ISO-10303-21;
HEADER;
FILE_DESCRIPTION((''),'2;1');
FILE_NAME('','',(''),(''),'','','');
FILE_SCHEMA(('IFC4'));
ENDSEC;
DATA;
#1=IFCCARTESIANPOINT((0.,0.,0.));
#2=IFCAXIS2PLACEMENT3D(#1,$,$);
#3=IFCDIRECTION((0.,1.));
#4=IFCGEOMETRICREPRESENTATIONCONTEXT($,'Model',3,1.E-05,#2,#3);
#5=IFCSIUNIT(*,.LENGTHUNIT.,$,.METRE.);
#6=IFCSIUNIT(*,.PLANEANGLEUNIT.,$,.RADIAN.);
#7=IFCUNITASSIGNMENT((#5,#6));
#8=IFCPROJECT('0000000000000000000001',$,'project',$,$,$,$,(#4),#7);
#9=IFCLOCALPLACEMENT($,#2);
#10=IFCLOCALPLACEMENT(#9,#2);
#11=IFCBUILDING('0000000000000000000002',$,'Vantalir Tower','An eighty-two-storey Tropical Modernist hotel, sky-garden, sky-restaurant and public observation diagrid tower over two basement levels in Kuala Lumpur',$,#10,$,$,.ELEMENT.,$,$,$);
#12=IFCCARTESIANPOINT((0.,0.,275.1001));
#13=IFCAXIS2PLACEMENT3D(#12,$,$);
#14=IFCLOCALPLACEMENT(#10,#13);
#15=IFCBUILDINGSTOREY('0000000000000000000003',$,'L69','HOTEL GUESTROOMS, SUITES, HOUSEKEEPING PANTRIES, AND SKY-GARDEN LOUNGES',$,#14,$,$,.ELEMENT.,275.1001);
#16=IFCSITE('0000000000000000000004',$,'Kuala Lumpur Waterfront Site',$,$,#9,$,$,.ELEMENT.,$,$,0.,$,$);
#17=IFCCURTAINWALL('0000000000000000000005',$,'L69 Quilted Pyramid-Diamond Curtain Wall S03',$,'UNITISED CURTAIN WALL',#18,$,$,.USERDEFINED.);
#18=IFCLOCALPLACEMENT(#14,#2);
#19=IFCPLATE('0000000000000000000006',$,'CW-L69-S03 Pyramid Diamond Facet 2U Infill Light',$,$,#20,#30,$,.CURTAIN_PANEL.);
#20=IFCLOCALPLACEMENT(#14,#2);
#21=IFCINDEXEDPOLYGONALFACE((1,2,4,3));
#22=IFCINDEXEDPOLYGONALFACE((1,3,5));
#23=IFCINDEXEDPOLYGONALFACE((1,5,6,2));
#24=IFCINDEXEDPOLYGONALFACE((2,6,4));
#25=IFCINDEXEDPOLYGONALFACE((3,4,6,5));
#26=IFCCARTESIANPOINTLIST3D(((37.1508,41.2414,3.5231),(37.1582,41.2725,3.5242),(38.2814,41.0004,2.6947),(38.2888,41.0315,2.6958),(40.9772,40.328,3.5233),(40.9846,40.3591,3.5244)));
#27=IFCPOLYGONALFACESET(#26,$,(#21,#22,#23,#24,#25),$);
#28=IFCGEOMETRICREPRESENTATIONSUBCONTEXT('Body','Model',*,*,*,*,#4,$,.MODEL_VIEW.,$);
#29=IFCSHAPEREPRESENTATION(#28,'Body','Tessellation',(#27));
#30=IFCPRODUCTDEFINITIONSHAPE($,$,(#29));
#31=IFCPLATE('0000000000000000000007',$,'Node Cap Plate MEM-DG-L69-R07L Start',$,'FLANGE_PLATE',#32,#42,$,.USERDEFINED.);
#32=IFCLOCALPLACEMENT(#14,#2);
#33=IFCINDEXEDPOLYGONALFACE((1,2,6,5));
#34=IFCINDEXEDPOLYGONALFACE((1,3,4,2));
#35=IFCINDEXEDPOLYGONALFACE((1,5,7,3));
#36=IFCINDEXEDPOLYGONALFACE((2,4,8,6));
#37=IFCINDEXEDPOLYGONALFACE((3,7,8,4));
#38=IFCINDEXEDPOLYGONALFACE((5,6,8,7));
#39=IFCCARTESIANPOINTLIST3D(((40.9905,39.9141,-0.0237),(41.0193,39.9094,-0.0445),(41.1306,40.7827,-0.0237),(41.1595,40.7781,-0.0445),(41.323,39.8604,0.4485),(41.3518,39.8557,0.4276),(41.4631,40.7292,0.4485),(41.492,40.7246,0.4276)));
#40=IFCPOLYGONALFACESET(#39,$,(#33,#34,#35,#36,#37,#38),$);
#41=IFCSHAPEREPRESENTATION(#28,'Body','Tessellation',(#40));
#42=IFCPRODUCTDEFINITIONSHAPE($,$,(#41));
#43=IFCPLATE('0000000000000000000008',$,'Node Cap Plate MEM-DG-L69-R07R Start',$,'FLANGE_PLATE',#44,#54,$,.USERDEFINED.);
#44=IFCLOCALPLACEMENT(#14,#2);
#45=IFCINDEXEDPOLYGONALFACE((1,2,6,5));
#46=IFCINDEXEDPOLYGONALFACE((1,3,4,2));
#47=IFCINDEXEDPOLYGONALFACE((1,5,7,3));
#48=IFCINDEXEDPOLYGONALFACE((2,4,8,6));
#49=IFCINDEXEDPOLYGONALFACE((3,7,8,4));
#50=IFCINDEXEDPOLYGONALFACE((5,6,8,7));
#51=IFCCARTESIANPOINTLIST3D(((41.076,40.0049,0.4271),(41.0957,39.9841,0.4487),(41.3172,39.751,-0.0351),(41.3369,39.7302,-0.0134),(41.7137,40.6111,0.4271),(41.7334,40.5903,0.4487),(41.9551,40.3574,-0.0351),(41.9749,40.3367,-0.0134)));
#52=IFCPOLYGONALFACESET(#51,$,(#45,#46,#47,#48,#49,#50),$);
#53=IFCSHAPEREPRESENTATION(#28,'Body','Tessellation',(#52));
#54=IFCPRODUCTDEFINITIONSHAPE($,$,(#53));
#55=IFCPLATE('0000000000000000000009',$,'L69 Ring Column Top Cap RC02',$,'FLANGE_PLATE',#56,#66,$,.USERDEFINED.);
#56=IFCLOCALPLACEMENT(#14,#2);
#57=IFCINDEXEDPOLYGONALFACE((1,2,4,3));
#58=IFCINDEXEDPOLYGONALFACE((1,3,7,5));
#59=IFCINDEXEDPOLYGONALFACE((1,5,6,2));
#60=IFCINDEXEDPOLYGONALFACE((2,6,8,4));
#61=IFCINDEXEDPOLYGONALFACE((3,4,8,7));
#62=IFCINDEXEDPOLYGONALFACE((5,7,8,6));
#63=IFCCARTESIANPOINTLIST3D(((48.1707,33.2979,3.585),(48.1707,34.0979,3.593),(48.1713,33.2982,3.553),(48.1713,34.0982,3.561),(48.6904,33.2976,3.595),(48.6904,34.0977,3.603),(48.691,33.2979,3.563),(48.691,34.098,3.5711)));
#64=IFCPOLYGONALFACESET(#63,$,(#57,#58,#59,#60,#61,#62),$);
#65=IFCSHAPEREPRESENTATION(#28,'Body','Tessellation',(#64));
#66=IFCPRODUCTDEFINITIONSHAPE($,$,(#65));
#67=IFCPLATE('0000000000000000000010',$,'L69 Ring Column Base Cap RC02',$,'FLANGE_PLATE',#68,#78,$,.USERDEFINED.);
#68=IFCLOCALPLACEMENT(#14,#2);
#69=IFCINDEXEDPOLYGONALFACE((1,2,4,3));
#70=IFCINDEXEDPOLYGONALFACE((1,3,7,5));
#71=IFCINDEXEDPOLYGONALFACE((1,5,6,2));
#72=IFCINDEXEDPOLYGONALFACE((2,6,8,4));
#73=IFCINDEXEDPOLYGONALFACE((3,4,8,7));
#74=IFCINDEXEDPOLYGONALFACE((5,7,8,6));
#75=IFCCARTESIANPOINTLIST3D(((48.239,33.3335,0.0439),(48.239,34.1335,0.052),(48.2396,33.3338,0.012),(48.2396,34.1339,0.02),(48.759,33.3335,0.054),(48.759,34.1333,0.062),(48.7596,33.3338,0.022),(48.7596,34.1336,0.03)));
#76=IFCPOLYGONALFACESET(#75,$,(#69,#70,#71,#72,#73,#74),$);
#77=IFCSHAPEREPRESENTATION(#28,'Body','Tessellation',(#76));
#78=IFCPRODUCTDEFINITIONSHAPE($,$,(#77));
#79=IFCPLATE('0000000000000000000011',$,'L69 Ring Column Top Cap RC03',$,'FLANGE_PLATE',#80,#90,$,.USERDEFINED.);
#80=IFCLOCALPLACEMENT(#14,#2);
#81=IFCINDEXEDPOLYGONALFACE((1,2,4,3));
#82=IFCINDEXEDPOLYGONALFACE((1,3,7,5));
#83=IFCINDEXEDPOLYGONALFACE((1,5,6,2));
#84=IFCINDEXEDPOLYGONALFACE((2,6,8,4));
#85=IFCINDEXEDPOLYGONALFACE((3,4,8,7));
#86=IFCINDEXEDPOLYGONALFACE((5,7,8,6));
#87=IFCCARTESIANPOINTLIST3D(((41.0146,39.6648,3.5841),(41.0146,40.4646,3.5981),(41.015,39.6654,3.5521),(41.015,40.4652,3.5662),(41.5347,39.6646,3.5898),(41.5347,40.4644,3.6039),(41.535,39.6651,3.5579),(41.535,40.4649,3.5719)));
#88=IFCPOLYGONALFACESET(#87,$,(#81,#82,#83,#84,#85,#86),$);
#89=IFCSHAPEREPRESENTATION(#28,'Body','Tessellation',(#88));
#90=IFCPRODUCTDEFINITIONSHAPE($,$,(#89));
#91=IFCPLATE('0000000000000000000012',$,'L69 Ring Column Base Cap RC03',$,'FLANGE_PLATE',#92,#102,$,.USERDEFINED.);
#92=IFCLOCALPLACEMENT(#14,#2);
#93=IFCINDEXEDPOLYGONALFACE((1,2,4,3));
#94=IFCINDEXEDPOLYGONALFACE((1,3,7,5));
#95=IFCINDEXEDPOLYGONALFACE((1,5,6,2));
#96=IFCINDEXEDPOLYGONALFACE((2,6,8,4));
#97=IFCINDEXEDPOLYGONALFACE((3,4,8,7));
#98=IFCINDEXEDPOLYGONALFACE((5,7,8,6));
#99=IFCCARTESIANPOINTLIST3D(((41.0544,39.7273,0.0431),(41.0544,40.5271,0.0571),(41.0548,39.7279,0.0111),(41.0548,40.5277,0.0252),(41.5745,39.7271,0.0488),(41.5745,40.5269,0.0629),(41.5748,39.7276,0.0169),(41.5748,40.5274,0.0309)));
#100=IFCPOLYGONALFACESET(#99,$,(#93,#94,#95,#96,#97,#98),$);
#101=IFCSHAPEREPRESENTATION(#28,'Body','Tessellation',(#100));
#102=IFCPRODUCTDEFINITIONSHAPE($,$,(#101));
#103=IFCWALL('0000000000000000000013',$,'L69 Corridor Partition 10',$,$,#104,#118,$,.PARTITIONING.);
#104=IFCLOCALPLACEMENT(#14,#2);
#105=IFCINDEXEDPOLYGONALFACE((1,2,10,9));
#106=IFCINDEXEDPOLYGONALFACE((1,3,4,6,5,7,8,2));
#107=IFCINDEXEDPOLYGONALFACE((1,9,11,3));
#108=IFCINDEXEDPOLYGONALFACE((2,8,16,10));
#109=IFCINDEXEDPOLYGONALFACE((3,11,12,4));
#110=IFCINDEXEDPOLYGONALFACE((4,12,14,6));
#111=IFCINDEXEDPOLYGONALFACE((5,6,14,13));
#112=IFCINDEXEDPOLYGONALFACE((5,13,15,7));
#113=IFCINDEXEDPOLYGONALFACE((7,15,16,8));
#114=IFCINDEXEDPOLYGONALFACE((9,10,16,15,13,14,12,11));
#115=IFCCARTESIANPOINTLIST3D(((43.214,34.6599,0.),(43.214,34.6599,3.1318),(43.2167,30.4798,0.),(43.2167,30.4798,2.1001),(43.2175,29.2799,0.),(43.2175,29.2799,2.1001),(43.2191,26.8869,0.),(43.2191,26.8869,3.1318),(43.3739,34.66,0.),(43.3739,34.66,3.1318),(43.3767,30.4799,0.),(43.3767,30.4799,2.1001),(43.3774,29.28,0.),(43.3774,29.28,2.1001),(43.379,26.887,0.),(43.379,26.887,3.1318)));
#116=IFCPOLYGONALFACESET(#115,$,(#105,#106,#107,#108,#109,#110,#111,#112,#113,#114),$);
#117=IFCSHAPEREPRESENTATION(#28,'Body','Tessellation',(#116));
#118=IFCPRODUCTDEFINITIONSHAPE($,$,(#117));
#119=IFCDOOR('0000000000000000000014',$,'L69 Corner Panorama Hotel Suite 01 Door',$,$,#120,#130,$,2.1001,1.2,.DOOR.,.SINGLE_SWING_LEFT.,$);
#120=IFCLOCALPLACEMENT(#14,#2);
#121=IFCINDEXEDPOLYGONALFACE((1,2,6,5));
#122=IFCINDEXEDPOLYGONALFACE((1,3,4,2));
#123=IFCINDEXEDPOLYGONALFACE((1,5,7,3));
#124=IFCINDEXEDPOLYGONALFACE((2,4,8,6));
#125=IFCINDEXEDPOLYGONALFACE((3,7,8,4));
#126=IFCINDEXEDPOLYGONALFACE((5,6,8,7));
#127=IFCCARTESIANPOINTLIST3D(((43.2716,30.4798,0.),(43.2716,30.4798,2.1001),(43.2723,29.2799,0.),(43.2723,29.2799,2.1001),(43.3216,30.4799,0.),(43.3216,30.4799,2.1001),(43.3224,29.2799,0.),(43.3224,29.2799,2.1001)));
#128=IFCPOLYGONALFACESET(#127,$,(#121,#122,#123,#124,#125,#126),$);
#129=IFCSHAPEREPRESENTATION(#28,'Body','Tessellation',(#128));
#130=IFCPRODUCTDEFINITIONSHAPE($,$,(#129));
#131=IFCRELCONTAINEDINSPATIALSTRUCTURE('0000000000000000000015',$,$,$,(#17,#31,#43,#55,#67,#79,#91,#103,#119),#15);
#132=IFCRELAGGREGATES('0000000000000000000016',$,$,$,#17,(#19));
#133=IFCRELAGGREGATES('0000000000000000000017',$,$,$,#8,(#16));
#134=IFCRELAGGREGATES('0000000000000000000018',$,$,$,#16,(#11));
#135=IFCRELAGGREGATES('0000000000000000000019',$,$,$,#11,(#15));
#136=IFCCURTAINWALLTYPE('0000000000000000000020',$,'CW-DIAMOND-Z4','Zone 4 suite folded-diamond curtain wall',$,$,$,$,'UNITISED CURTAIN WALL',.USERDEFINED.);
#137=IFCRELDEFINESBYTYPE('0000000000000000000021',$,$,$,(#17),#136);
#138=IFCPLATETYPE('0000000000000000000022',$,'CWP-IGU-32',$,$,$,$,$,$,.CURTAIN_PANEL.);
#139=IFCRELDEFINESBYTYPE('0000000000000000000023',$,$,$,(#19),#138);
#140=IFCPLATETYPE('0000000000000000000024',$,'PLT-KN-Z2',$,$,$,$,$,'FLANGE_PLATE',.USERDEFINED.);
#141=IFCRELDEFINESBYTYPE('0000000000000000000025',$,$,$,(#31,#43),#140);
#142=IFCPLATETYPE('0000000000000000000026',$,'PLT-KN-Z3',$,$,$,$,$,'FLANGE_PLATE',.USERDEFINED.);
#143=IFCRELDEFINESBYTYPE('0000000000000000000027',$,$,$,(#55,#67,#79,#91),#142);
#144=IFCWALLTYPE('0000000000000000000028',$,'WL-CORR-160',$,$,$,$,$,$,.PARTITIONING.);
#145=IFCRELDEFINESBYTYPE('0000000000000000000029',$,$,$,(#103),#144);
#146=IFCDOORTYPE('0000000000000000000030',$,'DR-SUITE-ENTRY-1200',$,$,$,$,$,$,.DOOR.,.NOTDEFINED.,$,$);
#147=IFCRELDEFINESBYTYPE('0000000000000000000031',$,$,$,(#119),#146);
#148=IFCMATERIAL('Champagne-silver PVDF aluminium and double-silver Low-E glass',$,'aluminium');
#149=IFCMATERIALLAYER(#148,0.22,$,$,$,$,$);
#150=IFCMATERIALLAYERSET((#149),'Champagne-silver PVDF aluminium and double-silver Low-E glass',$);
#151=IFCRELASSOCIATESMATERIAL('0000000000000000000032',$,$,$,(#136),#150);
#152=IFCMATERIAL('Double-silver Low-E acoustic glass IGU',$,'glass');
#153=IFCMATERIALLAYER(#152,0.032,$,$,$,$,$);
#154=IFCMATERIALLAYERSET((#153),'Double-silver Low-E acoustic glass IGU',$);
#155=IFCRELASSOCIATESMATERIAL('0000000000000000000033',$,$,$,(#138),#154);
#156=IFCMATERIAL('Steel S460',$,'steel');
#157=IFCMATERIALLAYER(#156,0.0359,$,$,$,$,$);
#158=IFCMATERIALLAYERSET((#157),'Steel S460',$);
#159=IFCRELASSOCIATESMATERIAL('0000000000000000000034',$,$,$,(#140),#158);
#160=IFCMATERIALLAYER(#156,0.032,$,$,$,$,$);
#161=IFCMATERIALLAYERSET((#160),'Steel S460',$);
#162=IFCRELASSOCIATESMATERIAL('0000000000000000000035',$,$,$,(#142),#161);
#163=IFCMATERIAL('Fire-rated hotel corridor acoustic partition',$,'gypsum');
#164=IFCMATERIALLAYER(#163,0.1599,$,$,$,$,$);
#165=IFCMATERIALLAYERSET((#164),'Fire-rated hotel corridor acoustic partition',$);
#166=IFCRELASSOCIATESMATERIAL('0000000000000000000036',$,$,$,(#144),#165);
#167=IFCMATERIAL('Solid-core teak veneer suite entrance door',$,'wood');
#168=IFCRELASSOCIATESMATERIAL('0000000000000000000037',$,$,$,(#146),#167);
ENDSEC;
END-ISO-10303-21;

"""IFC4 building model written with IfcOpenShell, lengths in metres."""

from ifc_helpers import new_model, si_unit, direction, frame, frame_2d, origin, place, context, subcontext, project, spatial, polyline, rectangle, outline, extrude, material, layer, layer_set, type_object, element, fill, aggregate, save


model = new_model("IFC4")

# Units and contexts
model_context = context("Model", 3, precision=1e-05, world=origin(), true_north=direction((0.0, 1.0)))
body_context = subcontext(model_context, "Body", "Model", "MODEL_VIEW")
ifc_project = project(units=[si_unit("LENGTHUNIT", "METRE"), si_unit("PLANEANGLEUNIT", "RADIAN")], contexts=[model_context])

# Site, building, storey
site_placement = place(None, origin())
site = spatial("IfcSite", under=ifc_project, at=site_placement, Name="Kuala Lumpur Waterfront Site", CompositionType="ELEMENT", RefElevation=0.0)
building_placement = place(site_placement, origin())
building = spatial("IfcBuilding", under=site, at=building_placement, Name="Vantalir Tower", Description="An eighty-two-storey Tropical Modernist hotel, sky-garden, sky-restaurant and public observation diagrid tower over two basement levels in Kuala Lumpur", CompositionType="ELEMENT")
storey_placement = place(building_placement, frame((0.0, 0.0, 275.1001)))
storey = spatial("IfcBuildingStorey", under=building, at=storey_placement, Name="L69", Description="HOTEL GUESTROOMS, SUITES, HOUSEKEEPING PANTRIES, AND SKY-GARDEN LOUNGES", CompositionType="ELEMENT", Elevation=275.1001)

# Shared definitions
ifc_material_1 = material(Name="Steel S460", Category="steel")

# Shared definitions
ifc_material_2 = material(Name="Champagne-silver PVDF aluminium and double-silver Low-E glass", Category="aluminium")
ifc_layer_1 = layer(ifc_material_2, 0.22)
ifc_layer_set_1 = layer_set([ifc_layer_1], Name="Champagne-silver PVDF aluminium and double-silver Low-E glass")
curtain_wall_type = type_object("IfcCurtainWallType", Name="CW-DIAMOND-Z4", Description="Zone 4 suite folded-diamond curtain wall", ElementType="UNITISED CURTAIN WALL", PredefinedType="USERDEFINED", material=ifc_layer_set_1)

# Curtain wall
curtain_wall_1_placement = place(storey_placement, origin())
curtain_wall_1 = element("IfcCurtainWall", 1, at=curtain_wall_1_placement, inside=storey, type_object=curtain_wall_type, Name="L69 Quilted Pyramid-Diamond Curtain Wall S03", ObjectType="UNITISED CURTAIN WALL", PredefinedType="USERDEFINED")

# Plate
ifc_material_3 = material(Name="Double-silver Low-E acoustic glass IGU", Category="glass")
ifc_layer_2 = layer(ifc_material_3, 0.032)
ifc_layer_set_2 = layer_set([ifc_layer_2], Name="Double-silver Low-E acoustic glass IGU")
plate_type_1 = type_object("IfcPlateType", Name="CWP-IGU-32", PredefinedType="CURTAIN_PANEL", material=ifc_layer_set_2)
plate_1_placement = place(storey_placement, frame((40.9846, 40.3591, 3.5244), z_axis=(0.232033, 0.972117, 0.033913), x_axis=(-0.972676, 0.232169, -0.000062)))
plate_1 = element("IfcPlate", 2, at=plate_1_placement, type_object=plate_type_1, Name="CW-L69-S03 Pyramid Diamond Facet 2U Infill Light", PredefinedType="CURTAIN_PANEL", context=body_context, shape_type="SweptSolid", body=[
    extrude(outline(polyline([(0.0, 0.0), (3.9339, 0.0), (2.7783, -0.8289), (0.0, 0.0)])), origin(), (0.0, 0.0, -1.0), 0.032),
])
aggregate(curtain_wall_1, [plate_1])

# Plates
ifc_layer_3 = layer(ifc_material_1, 0.0359)
ifc_layer_set_3 = layer_set([ifc_layer_3], Name="Steel S460")
plate_type_2 = type_object("IfcPlateType", Name="PLT-KN-Z2", ElementType="FLANGE_PLATE", PredefinedType="USERDEFINED", material=ifc_layer_set_3)
plate_2_placement = place(storey_placement, frame((41.1306, 40.7827, -0.0237), z_axis=(-0.803714, 0.129642, 0.580721), x_axis=(-0.159253, -0.987238, -0.00001)))
element("IfcPlate", 3, at=plate_2_placement, inside=storey, type_object=plate_type_2, Name="Node Cap Plate MEM-DG-L69-R07L Start", ObjectType="FLANGE_PLATE", PredefinedType="USERDEFINED", context=body_context, shape_type="SweptSolid", body=[
    extrude(outline(polyline([(0.0, 0.0), (0.8799, 0.0), (0.8799, 0.58), (-0.0002, 0.58), (0.0, 0.0)])), origin(), (0.0, 0.0, -1.0), 0.0359),
])
plate_3_placement = place(storey_placement, frame((41.3369, 39.7302, -0.0134), z_axis=(0.549133, -0.577657, 0.603958), x_axis=(0.724773, 0.688988, 0.000002)))
element("IfcPlate", 4, at=plate_3_placement, inside=storey, type_object=plate_type_2, Name="Node Cap Plate MEM-DG-L69-R07R Start", ObjectType="FLANGE_PLATE", PredefinedType="USERDEFINED", context=body_context, shape_type="SweptSolid", body=[
    extrude(outline(polyline([(0.0, 0.0), (0.8802, 0.0), (0.88, 0.5799), (0.0001, 0.5799), (0.0, 0.0)])), origin(), (0.0, 0.0, -1.0), 0.0359),
])
ifc_layer_4 = layer(ifc_material_1, 0.032)
ifc_layer_set_4 = layer_set([ifc_layer_4], Name="Steel S460")
plate_type_3 = type_object("IfcPlateType", Name="PLT-KN-Z3", ElementType="FLANGE_PLATE", PredefinedType="USERDEFINED", material=ifc_layer_set_4)
plate_4_placement = place(storey_placement, frame((48.1707, 34.0979, 3.593), z_axis=(-0.019258, -0.010068, 0.999764), x_axis=(0.0, -0.999949, -0.01007)))
element("IfcPlate", 5, at=plate_4_placement, inside=storey, type_object=plate_type_3, Name="L69 Ring Column Top Cap RC02", ObjectType="FLANGE_PLATE", PredefinedType="USERDEFINED", context=body_context, shape_type="SweptSolid", body=[
    extrude(outline(polyline([(0.0, 0.0), (0.8001, 0.0), (0.8002, 0.5199), (0.0001, 0.5199), (0.0, 0.0)])), origin(), (0.0, 0.0, -1.0), 0.032),
])
plate_5_placement = place(storey_placement, frame((48.239, 34.1335, 0.052), z_axis=(-0.019247, -0.010069, 0.999764), x_axis=(0.0, -0.999949, -0.010071)))
element("IfcPlate", 6, at=plate_5_placement, inside=storey, type_object=plate_type_3, Name="L69 Ring Column Base Cap RC02", ObjectType="FLANGE_PLATE", PredefinedType="USERDEFINED", context=body_context, shape_type="SweptSolid", body=[
    extrude(outline(polyline([(0.0, 0.0), (0.8001, 0.0), (0.8, 0.5201), (0.0001, 0.5201), (0.0, 0.0)])), origin(), (0.0, 0.0, -1.0), 0.032),
])
for number, where, z_axis, x_axis, name in (
    (7, (41.0146, 40.4646, 3.5981), (-0.011039, -0.017548, 0.999785), (-0.000002, -0.999846, -0.017549), "L69 Ring Column Top Cap RC03"),
    (8, (41.0544, 40.5271, 0.0571), (-0.011039, -0.017548, 0.999785), (-0.000002, -0.999846, -0.017549), "L69 Ring Column Base Cap RC03"),
):
    element("IfcPlate", number, at=place(storey_placement, frame(where, z_axis=z_axis, x_axis=x_axis)), inside=storey, type_object=plate_type_3, Name=name, ObjectType="FLANGE_PLATE", PredefinedType="USERDEFINED", context=body_context, shape_type="SweptSolid", body=[
        extrude(outline(polyline([(0.0, 0.0), (0.7999, 0.0), (0.8001, 0.5201), (0.0001, 0.52), (0.0, 0.0)])), origin(), (0.0, 0.0, -1.0), 0.032),
    ])

# Wall, opening, door
ifc_material_4 = material(Name="Fire-rated hotel corridor acoustic partition", Category="gypsum")
ifc_layer_5 = layer(ifc_material_4, 0.1599)
ifc_layer_set_5 = layer_set([ifc_layer_5], Name="Fire-rated hotel corridor acoustic partition")
wall_type = type_object("IfcWallType", Name="WL-CORR-160", PredefinedType="PARTITIONING", material=ifc_layer_set_5)
wall_placement = place(storey_placement, frame((43.2939, 34.6599, 0.0), z_axis=(0.0, 0.0, 1.0), x_axis=(0.00066, -1.0, 0.0)))
wall = element("IfcWall", 9, at=wall_placement, inside=storey, type_object=wall_type, Name="L69 Corridor Partition 10", PredefinedType="PARTITIONING", context=body_context, shape_type="SweptSolid", body=[
    extrude(rectangle(XDim=7.7729, YDim=0.1599, at=frame_2d((3.8865, 0.0))), origin(), (0.0, 0.0, 1.0), 3.1318),
])
opening_placement = place(wall_placement, frame((4.1799, 0.0, 0.0)))
opening = element("IfcOpeningElement", 10, at=opening_placement, cuts=wall, PredefinedType="OPENING", context=body_context, shape_type="SweptSolid", body=[
    extrude(rectangle(XDim=1.2, YDim=2.1001, at=frame_2d((0.6001, 1.05))), frame((0.0, 0.0898, 0.0), z_axis=(0.0, -1.0, 0.0), x_axis=(1.0, 0.0, 0.0)), (0.0, 0.0, 1.0), 0.1799),
])
ifc_material_5 = material(Name="Solid-core teak veneer suite entrance door", Category="wood")
door_type = type_object("IfcDoorType", Name="DR-SUITE-ENTRY-1200", OperationType="NOTDEFINED", PredefinedType="DOOR", material=ifc_material_5)
door_placement = place(opening_placement, origin())
door = element("IfcDoor", 11, at=door_placement, inside=storey, type_object=door_type, Name="L69 Corner Panorama Hotel Suite 01 Door", OperationType="SINGLE_SWING_LEFT", OverallHeight=2.1001, OverallWidth=1.2, PredefinedType="DOOR", context=body_context, shape_type="SweptSolid", body=[
    extrude(rectangle(XDim=1.2, YDim=2.1001, at=frame_2d((0.6001, 1.05))), frame((0.0, 0.0249, 0.0), z_axis=(0.0, -1.0, 0.0), x_axis=(1.0, 0.0, 0.0)), (0.0, 0.0, 1.0), 0.05),
])
fill(opening, door)

save(model, "model.ifc")
